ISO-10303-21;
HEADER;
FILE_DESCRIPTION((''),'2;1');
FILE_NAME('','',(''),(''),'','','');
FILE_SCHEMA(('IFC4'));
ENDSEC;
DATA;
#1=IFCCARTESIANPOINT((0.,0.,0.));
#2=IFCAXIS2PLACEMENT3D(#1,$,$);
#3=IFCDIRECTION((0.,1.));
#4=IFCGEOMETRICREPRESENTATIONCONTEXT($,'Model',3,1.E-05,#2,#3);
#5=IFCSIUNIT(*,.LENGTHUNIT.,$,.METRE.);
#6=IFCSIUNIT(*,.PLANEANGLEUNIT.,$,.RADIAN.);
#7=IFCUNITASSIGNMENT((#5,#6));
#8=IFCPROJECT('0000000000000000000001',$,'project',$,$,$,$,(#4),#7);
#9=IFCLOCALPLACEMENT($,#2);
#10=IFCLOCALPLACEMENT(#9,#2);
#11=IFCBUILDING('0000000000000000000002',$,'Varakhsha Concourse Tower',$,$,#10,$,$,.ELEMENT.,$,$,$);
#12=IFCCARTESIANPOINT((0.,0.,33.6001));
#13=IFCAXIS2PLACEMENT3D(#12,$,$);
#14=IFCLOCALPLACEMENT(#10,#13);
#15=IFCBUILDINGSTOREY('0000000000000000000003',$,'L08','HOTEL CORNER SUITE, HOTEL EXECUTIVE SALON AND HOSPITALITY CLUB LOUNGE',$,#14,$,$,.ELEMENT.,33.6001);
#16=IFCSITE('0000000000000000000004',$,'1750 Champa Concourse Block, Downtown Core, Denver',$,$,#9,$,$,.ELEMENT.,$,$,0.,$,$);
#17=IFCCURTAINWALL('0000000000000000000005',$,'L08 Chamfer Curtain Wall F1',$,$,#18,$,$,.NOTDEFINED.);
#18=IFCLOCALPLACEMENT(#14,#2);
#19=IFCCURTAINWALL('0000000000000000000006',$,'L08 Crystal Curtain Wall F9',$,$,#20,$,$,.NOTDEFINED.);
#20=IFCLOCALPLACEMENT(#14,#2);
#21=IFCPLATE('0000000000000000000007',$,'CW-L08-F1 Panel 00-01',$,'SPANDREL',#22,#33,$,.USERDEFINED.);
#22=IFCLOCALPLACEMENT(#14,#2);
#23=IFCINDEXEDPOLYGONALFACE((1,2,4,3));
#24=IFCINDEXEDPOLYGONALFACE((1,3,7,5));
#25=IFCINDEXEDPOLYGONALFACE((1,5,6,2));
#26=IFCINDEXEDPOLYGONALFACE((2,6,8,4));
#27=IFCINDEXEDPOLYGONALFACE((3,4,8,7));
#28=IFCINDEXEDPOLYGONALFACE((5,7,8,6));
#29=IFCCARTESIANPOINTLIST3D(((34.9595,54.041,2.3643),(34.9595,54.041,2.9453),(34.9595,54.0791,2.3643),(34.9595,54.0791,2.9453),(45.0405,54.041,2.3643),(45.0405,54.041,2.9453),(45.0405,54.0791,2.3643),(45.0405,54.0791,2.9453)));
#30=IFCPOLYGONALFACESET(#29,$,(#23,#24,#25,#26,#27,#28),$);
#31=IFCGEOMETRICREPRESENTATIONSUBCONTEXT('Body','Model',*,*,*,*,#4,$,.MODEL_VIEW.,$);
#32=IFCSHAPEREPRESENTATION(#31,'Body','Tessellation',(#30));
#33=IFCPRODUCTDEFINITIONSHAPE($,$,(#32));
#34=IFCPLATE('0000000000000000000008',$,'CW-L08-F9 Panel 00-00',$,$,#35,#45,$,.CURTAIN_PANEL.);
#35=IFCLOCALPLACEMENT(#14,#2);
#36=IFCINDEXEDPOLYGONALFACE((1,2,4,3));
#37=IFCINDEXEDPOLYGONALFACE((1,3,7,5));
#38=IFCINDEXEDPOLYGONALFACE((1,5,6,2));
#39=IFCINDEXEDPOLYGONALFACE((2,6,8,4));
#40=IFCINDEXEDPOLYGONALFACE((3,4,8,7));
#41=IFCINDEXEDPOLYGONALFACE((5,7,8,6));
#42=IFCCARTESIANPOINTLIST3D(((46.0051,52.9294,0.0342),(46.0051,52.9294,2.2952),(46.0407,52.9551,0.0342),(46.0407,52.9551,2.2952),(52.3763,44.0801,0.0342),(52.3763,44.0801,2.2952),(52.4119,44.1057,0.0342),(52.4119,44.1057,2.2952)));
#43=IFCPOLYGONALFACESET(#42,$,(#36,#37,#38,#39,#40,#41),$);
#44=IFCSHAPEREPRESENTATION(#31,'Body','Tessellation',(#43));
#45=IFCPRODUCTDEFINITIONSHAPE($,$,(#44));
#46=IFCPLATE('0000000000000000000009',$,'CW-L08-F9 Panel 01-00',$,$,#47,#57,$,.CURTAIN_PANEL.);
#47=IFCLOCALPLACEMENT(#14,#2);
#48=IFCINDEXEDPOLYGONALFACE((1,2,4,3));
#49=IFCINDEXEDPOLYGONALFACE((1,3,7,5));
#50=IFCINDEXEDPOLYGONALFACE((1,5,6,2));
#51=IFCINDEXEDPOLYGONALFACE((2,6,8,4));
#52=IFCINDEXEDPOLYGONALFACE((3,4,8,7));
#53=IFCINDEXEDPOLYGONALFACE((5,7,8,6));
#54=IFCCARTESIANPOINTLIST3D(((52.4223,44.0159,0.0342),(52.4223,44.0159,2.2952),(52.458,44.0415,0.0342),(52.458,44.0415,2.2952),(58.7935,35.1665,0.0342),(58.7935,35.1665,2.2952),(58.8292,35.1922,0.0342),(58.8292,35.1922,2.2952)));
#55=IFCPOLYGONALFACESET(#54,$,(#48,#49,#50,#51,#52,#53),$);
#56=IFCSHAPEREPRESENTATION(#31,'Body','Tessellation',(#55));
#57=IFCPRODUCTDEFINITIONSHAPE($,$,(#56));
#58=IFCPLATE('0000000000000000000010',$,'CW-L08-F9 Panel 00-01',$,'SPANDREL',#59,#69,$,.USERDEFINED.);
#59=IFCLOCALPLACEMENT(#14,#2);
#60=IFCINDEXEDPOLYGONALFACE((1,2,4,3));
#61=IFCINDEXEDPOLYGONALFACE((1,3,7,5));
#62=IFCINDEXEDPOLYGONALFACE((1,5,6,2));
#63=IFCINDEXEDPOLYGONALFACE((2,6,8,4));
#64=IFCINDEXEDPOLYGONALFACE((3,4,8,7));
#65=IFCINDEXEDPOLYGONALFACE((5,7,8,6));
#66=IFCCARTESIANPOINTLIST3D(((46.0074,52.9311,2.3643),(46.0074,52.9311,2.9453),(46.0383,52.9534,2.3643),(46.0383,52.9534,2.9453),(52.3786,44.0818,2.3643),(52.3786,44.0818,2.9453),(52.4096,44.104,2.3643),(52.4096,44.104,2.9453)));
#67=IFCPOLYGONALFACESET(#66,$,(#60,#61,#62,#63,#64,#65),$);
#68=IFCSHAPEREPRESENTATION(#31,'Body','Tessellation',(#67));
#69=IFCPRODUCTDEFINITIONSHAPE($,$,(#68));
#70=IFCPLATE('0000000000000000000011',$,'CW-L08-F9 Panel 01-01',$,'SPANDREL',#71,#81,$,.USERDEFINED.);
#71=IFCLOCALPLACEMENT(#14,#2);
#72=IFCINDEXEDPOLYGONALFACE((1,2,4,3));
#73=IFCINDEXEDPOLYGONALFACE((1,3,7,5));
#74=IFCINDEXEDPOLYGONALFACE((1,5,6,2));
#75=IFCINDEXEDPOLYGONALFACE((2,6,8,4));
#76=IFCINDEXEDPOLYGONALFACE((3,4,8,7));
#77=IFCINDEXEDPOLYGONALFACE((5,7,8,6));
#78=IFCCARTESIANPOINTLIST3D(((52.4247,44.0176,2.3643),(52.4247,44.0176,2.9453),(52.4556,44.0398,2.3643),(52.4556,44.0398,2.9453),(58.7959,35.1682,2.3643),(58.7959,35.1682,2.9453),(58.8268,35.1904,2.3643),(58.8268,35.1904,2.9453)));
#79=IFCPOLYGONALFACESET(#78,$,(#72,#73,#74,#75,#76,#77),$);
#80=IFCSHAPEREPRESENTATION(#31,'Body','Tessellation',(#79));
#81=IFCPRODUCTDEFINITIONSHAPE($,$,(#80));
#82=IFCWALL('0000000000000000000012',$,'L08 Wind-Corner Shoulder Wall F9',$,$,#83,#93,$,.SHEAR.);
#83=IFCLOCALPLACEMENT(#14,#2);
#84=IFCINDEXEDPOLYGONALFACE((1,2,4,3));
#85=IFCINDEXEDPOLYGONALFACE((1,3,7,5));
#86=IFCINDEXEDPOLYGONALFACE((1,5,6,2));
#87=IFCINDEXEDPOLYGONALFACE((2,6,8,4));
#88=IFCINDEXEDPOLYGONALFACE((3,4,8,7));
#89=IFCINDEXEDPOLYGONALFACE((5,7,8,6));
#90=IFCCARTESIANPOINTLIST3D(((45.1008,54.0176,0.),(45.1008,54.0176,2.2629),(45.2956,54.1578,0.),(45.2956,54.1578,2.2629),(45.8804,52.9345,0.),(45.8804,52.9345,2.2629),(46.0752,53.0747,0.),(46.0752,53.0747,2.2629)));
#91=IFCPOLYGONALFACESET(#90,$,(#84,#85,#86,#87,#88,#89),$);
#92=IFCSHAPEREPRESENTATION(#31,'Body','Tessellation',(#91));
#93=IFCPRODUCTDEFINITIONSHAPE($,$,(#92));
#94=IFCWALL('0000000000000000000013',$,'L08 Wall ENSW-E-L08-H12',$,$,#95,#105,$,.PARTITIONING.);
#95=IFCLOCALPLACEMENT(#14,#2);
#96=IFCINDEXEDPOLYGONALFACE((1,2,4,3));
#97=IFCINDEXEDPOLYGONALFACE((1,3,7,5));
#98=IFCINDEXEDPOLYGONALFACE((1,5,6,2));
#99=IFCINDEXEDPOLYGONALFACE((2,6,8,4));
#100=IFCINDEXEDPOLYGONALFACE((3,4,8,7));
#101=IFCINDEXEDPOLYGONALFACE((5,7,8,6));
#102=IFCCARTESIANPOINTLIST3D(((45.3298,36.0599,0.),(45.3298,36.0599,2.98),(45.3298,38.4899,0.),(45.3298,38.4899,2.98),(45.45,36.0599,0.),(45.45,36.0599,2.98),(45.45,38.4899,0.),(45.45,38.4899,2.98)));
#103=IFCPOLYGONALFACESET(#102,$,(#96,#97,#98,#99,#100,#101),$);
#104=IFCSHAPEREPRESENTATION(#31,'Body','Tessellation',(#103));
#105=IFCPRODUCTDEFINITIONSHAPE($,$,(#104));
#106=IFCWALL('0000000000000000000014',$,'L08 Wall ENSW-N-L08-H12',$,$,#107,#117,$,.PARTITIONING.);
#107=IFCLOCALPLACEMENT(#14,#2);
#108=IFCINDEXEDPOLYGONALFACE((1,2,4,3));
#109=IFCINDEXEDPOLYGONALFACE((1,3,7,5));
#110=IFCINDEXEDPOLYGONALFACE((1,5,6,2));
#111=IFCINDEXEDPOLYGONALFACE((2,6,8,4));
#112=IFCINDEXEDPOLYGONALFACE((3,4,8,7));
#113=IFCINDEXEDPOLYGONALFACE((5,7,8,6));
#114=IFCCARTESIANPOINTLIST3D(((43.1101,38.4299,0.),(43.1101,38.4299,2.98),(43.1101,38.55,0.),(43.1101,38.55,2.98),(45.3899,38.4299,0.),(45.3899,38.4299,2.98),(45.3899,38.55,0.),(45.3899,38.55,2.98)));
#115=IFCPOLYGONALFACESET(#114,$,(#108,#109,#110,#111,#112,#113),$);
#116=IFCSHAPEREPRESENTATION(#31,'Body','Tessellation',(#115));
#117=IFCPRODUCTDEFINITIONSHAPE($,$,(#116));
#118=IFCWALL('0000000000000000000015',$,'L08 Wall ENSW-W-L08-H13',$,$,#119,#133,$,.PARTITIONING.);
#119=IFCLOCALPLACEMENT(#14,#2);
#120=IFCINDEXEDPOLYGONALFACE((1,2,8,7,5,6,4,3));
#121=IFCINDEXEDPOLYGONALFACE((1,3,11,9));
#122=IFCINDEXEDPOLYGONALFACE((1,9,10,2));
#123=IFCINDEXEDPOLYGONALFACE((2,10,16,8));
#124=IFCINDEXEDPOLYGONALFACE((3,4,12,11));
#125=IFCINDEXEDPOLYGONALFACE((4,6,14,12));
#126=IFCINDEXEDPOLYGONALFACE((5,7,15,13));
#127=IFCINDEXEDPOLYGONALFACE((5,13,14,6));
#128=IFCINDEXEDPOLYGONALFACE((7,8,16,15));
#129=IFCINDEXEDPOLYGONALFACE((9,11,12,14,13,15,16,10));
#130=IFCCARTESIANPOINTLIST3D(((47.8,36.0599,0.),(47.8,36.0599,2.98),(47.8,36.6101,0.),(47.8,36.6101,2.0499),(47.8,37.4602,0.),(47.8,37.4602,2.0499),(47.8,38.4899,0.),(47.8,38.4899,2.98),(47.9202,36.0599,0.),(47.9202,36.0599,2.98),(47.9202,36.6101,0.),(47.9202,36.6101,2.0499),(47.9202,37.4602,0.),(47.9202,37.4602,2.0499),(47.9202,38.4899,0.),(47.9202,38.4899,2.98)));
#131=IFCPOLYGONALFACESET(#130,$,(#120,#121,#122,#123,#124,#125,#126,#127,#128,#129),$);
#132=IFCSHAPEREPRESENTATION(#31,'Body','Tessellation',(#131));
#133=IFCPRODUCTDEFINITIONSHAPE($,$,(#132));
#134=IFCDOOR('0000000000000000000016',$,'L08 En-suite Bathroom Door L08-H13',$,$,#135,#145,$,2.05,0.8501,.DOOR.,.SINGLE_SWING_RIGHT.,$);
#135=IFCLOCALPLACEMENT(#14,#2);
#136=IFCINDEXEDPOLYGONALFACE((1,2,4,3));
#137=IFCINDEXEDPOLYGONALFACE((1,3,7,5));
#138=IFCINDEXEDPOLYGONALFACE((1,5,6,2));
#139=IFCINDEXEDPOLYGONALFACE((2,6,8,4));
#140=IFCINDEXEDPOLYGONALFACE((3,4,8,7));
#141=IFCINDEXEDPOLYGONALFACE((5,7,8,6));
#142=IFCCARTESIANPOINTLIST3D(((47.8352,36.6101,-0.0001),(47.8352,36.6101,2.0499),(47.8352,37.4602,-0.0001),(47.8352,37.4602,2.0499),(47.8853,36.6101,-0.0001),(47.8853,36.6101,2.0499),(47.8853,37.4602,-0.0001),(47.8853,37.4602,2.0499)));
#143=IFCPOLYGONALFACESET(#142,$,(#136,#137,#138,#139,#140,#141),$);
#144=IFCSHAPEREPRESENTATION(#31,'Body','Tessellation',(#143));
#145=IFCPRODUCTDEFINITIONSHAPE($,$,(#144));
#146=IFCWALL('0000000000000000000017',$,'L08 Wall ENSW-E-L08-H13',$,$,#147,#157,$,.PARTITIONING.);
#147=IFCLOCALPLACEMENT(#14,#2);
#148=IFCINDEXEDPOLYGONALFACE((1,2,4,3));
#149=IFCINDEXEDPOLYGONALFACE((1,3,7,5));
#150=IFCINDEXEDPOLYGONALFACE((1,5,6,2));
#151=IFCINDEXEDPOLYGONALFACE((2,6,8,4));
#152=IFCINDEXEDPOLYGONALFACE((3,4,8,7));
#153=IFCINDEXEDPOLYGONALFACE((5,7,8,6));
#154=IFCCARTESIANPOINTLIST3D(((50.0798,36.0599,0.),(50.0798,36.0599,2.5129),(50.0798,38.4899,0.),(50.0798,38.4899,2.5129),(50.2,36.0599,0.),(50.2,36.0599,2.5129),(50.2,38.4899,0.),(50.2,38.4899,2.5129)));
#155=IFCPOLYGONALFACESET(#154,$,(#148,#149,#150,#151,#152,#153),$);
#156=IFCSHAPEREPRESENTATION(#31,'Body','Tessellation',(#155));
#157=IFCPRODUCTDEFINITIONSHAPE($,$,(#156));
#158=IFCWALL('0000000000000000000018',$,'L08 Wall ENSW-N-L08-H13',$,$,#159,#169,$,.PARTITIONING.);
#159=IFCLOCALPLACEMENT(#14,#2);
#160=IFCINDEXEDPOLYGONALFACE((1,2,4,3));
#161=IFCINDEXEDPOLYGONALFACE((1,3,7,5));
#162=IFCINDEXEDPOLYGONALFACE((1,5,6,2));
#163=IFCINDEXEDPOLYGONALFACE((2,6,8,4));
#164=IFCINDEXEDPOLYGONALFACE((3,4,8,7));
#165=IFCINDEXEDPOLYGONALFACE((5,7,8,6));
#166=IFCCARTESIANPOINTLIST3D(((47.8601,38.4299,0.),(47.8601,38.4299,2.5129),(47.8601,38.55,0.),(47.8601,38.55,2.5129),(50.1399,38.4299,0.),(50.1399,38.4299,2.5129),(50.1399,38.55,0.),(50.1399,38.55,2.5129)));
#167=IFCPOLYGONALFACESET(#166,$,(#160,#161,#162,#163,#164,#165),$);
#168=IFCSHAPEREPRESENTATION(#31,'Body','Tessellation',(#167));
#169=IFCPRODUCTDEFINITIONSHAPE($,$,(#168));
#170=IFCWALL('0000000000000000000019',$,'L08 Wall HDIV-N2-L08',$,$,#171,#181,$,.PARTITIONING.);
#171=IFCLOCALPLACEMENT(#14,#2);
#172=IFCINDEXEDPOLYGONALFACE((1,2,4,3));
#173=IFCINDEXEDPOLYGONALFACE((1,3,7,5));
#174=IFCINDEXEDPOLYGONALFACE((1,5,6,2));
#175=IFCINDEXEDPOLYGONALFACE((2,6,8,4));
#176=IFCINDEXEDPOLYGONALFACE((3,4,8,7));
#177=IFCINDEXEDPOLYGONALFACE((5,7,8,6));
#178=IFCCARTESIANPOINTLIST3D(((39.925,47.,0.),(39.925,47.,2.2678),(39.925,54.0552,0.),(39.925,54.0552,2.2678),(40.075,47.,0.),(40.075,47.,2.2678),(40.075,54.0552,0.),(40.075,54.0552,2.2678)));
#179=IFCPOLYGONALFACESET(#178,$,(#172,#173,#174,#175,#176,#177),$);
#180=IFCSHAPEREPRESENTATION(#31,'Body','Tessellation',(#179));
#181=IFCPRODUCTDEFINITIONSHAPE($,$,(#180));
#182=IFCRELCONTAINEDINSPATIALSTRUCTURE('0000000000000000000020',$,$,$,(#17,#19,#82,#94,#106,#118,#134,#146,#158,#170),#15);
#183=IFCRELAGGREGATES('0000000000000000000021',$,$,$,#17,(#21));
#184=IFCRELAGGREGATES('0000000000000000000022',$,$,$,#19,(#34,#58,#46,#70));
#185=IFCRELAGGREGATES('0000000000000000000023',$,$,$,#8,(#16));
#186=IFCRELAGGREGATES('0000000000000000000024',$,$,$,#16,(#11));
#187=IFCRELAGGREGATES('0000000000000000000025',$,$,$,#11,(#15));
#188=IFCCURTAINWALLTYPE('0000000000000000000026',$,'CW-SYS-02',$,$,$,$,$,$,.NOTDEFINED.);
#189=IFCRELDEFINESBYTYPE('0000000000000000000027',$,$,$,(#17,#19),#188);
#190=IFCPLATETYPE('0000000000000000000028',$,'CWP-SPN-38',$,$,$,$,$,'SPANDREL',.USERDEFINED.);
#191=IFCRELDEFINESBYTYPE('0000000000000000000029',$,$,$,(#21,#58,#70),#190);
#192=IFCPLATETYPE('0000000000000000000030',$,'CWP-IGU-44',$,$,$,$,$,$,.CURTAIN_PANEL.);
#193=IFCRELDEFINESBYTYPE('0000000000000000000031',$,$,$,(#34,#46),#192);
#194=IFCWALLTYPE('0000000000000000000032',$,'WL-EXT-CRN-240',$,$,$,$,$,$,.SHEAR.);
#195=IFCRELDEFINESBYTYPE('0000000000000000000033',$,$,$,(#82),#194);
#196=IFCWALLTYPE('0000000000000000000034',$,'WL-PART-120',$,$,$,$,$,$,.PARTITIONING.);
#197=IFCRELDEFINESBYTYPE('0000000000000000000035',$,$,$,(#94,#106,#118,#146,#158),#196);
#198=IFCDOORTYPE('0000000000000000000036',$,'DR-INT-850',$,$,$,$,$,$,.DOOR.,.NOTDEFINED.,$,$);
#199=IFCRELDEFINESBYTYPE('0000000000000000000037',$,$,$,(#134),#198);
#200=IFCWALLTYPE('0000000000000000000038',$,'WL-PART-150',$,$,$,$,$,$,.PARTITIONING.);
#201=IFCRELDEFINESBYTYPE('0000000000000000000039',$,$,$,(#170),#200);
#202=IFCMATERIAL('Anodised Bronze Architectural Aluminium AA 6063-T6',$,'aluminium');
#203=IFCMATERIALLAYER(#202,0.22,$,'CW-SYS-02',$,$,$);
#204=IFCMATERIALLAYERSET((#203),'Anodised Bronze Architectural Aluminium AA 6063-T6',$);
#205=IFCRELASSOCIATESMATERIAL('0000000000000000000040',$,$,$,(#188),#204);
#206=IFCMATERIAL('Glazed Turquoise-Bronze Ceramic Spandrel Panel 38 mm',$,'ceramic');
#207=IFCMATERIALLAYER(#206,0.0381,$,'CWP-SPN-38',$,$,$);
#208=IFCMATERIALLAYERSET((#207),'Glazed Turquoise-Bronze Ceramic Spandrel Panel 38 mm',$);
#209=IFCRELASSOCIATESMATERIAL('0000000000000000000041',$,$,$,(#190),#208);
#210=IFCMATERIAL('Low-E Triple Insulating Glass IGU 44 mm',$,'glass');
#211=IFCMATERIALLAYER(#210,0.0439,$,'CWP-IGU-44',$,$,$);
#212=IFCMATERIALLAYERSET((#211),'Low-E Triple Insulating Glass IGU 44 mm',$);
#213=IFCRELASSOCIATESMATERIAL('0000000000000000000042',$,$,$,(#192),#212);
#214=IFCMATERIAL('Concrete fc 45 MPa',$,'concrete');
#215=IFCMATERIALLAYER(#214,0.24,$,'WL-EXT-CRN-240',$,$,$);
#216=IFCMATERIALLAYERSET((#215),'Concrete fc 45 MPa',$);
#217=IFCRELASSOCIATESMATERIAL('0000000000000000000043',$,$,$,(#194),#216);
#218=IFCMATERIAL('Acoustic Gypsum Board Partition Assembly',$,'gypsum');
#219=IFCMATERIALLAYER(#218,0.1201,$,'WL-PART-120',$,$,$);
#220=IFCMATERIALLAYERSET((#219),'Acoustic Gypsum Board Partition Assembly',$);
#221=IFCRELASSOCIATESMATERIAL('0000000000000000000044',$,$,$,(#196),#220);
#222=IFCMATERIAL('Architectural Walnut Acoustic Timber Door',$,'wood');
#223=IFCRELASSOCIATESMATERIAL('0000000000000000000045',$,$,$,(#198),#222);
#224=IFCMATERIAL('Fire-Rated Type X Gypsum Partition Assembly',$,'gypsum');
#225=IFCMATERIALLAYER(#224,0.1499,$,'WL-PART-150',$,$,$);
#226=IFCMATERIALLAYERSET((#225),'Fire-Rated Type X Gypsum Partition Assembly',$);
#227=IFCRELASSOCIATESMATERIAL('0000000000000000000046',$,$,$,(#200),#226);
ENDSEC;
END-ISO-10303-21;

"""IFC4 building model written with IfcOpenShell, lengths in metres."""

from ifc_helpers import new_model, si_unit, direction, frame, frame_2d, origin, origin_2d, place, context, subcontext, project, spatial, rectangle, extrude, source, transform, mapped, material, layer, layer_set, type_object, type_shapes, element, fill, aggregate, save


model = new_model("IFC4")

# Units and contexts
model_context = context("Model", 3, precision=1e-05, world=origin(), true_north=direction((0.0, 1.0)))
body_context = subcontext(model_context, "Body", "Model", "MODEL_VIEW")
ifc_project = project(units=[si_unit("LENGTHUNIT", "METRE"), si_unit("PLANEANGLEUNIT", "RADIAN")], contexts=[model_context])

# Site, building, storey
site_placement = place(None, origin())
site = spatial("IfcSite", under=ifc_project, at=site_placement, Name="1750 Champa Concourse Block, Downtown Core, Denver", CompositionType="ELEMENT", RefElevation=0.0)
building_placement = place(site_placement, origin())
building = spatial("IfcBuilding", under=site, at=building_placement, Name="Varakhsha Concourse Tower", CompositionType="ELEMENT")
storey_placement = place(building_placement, frame((0.0, 0.0, 33.6001)))
storey = spatial("IfcBuildingStorey", under=building, at=storey_placement, Name="L08", Description="HOTEL CORNER SUITE, HOTEL EXECUTIVE SALON AND HOSPITALITY CLUB LOUNGE", CompositionType="ELEMENT", Elevation=33.6001)

# Curtain wall
ifc_material_1 = material(Name="Anodised Bronze Architectural Aluminium AA 6063-T6", Category="aluminium")
ifc_layer_1 = layer(ifc_material_1, 0.22, Name="CW-SYS-02")
ifc_layer_set_1 = layer_set([ifc_layer_1], Name="Anodised Bronze Architectural Aluminium AA 6063-T6")
curtain_wall_type = type_object("IfcCurtainWallType", Name="CW-SYS-02", PredefinedType="NOTDEFINED", material=ifc_layer_set_1)
curtain_wall_1_placement = place(storey_placement, origin())
curtain_wall_1 = element("IfcCurtainWall", 1, at=curtain_wall_1_placement, inside=storey, type_object=curtain_wall_type, Name="L08 Chamfer Curtain Wall F1", PredefinedType="NOTDEFINED")

# Curtain wall
curtain_wall_2_placement = place(storey_placement, origin())
curtain_wall_2 = element("IfcCurtainWall", 2, at=curtain_wall_2_placement, inside=storey, type_object=curtain_wall_type, Name="L08 Crystal Curtain Wall F9", PredefinedType="NOTDEFINED")

# Plates
ifc_material_2 = material(Name="Glazed Turquoise-Bronze Ceramic Spandrel Panel 38 mm", Category="ceramic")
ifc_layer_2 = layer(ifc_material_2, 0.0381, Name="CWP-SPN-38")
ifc_layer_set_2 = layer_set([ifc_layer_2], Name="Glazed Turquoise-Bronze Ceramic Spandrel Panel 38 mm")
plate_type_1 = type_object("IfcPlateType", Name="CWP-SPN-38", ElementType="SPANDREL", PredefinedType="USERDEFINED", material=ifc_layer_set_2)
shared_shape_1 = source(origin(), body_context, "Body", "SweptSolid", [
    extrude(rectangle(XDim=10.0811, YDim=0.0381, at=origin_2d()), origin(), (0.0, 0.0, 1.0), 0.5811),
])
plate_1_placement = place(storey_placement, frame((40.0, 54.0601, 2.3643), z_axis=(0.0, 0.0, 1.0), x_axis=(1.0, 0.0, 0.0)))
plate_1 = element("IfcPlate", 3, at=plate_1_placement, type_object=plate_type_1, Name="CW-L08-F1 Panel 00-01", ObjectType="SPANDREL", PredefinedType="USERDEFINED", context=body_context, shape_type="MappedRepresentation", body=[
    mapped(shared_shape_1, transform((0.0, 0.0, 0.0), scale=1.0)),
])
aggregate(curtain_wall_1, [plate_1])
ifc_material_3 = material(Name="Low-E Triple Insulating Glass IGU 44 mm", Category="glass")
ifc_layer_3 = layer(ifc_material_3, 0.0439, Name="CWP-IGU-44")
ifc_layer_set_3 = layer_set([ifc_layer_3], Name="Low-E Triple Insulating Glass IGU 44 mm")
plate_type_2 = type_object("IfcPlateType", Name="CWP-IGU-44", PredefinedType="CURTAIN_PANEL", material=ifc_layer_set_3)
shared_shape_2 = source(origin(), body_context, "Body", "SweptSolid", [
    extrude(rectangle(XDim=10.9043, YDim=0.0439, at=origin_2d()), origin(), (0.0, 0.0, 1.0), 2.261),
])
type_shapes(plate_type_2, [shared_shape_2])
plate_2_placement = place(storey_placement, frame((49.2085, 48.5176, 0.0342), z_axis=(0.0, 0.0, 1.0), x_axis=(0.584284, -0.81155, 0.0)))
plate_2 = element("IfcPlate", 4, at=plate_2_placement, type_object=plate_type_2, Name="CW-L08-F9 Panel 00-00", PredefinedType="CURTAIN_PANEL", context=body_context, shape_type="MappedRepresentation", body=[
    mapped(shared_shape_2, transform((0.0, 0.0, 0.0), scale=1.0)),
])
plate_3_placement = place(storey_placement, frame((55.6257, 39.604, 0.0342), z_axis=(0.0, 0.0, 1.0), x_axis=(0.584284, -0.81155, 0.0)))
plate_3 = element("IfcPlate", 5, at=plate_3_placement, type_object=plate_type_2, Name="CW-L08-F9 Panel 01-00", PredefinedType="CURTAIN_PANEL", context=body_context, shape_type="MappedRepresentation", body=[
    mapped(shared_shape_2, transform((0.0, 0.0, 0.0), scale=1.0)),
])
shared_shape_3 = source(origin(), body_context, "Body", "SweptSolid", [
    extrude(rectangle(XDim=10.9043, YDim=0.0381, at=origin_2d()), origin(), (0.0, 0.0, 1.0), 0.5811),
])
type_shapes(plate_type_1, [shared_shape_1, shared_shape_3])
plate_4_placement = place(storey_placement, frame((49.2085, 48.5176, 2.3643), z_axis=(0.0, 0.0, 1.0), x_axis=(0.584284, -0.81155, 0.0)))
plate_4 = element("IfcPlate", 6, at=plate_4_placement, type_object=plate_type_1, Name="CW-L08-F9 Panel 00-01", ObjectType="SPANDREL", PredefinedType="USERDEFINED", context=body_context, shape_type="MappedRepresentation", body=[
    mapped(shared_shape_3, transform((0.0, 0.0, 0.0), scale=1.0)),
])
plate_5_placement = place(storey_placement, frame((55.6257, 39.604, 2.3643), z_axis=(0.0, 0.0, 1.0), x_axis=(0.584284, -0.81155, 0.0)))
plate_5 = element("IfcPlate", 7, at=plate_5_placement, type_object=plate_type_1, Name="CW-L08-F9 Panel 01-01", ObjectType="SPANDREL", PredefinedType="USERDEFINED", context=body_context, shape_type="MappedRepresentation", body=[
    mapped(shared_shape_3, transform((0.0, 0.0, 0.0), scale=1.0)),
])
aggregate(curtain_wall_2, [plate_2, plate_4, plate_3, plate_5])

# Walls
ifc_material_4 = material(Name="Concrete fc 45 MPa", Category="concrete")
ifc_layer_4 = layer(ifc_material_4, 0.24, Name="WL-EXT-CRN-240")
ifc_layer_set_4 = layer_set([ifc_layer_4], Name="Concrete fc 45 MPa")
wall_type_1 = type_object("IfcWallType", Name="WL-EXT-CRN-240", PredefinedType="SHEAR", material=ifc_layer_set_4)
wall_1_placement = place(storey_placement, frame((45.9778, 53.0046, 0.0), z_axis=(0.0, 0.0, 1.0), x_axis=(-0.584194, 0.811614, 0.0)))
element("IfcWall", 8, at=wall_1_placement, inside=storey, type_object=wall_type_1, Name="L08 Wind-Corner Shoulder Wall F9", PredefinedType="SHEAR", context=body_context, shape_type="SweptSolid", body=[
    extrude(rectangle(XDim=1.3345, YDim=0.24, at=frame_2d((0.6672, 0.0))), origin(), (0.0, 0.0, 1.0), 2.2629),
])
ifc_material_5 = material(Name="Acoustic Gypsum Board Partition Assembly", Category="gypsum")
ifc_layer_5 = layer(ifc_material_5, 0.1201, Name="WL-PART-120")
ifc_layer_set_5 = layer_set([ifc_layer_5], Name="Acoustic Gypsum Board Partition Assembly")
wall_type_2 = type_object("IfcWallType", Name="WL-PART-120", PredefinedType="PARTITIONING", material=ifc_layer_set_5)
wall_2_placement = place(storey_placement, frame((45.3899, 36.0601, 0.0), z_axis=(0.0, 0.0, 1.0), x_axis=(0.0, 1.0, 0.0)))
element("IfcWall", 9, at=wall_2_placement, inside=storey, type_object=wall_type_2, Name="L08 Wall ENSW-E-L08-H12", PredefinedType="PARTITIONING", context=body_context, shape_type="SweptSolid", body=[
    extrude(rectangle(XDim=2.4299, YDim=0.1201, at=frame_2d((1.2148, 0.0))), origin(), (0.0, 0.0, 1.0), 2.98),
])
wall_3_placement = place(storey_placement, frame((43.1101, 38.49, 0.0), z_axis=(0.0, 0.0, 1.0), x_axis=(1.0, 0.0, 0.0)))
element("IfcWall", 10, at=wall_3_placement, inside=storey, type_object=wall_type_2, Name="L08 Wall ENSW-N-L08-H12", PredefinedType="PARTITIONING", context=body_context, shape_type="SweptSolid", body=[
    extrude(rectangle(XDim=2.2798, YDim=0.1201, at=frame_2d((1.1399, 0.0))), origin(), (0.0, 0.0, 1.0), 2.98),
])

# Wall, opening, door
wall_4_placement = place(storey_placement, frame((47.8601, 36.0601, 0.0), z_axis=(0.0, 0.0, 1.0), x_axis=(0.0, 1.0, 0.0)))
wall_4 = element("IfcWall", 11, at=wall_4_placement, inside=storey, type_object=wall_type_2, Name="L08 Wall ENSW-W-L08-H13", PredefinedType="PARTITIONING", context=body_context, shape_type="SweptSolid", body=[
    extrude(rectangle(XDim=2.4299, YDim=0.1201, at=frame_2d((1.2148, 0.0))), origin(), (0.0, 0.0, 1.0), 2.98),
])
opening_placement = place(wall_4_placement, frame((0.55, 0.0, 0.0)))
opening = element("IfcOpeningElement", 12, at=opening_placement, cuts=wall_4, PredefinedType="OPENING", context=body_context, shape_type="SweptSolid", body=[
    extrude(rectangle(XDim=0.8501, YDim=2.05, at=frame_2d((0.425, 1.0249))), frame((0.0, 0.0701, 0.0), z_axis=(0.0, -1.0, 0.0), x_axis=(1.0, 0.0, 0.0)), (0.0, 0.0, 1.0), 0.1401),
])
ifc_material_6 = material(Name="Architectural Walnut Acoustic Timber Door", Category="wood")
door_type = type_object("IfcDoorType", Name="DR-INT-850", OperationType="NOTDEFINED", PredefinedType="DOOR", material=ifc_material_6)
door_placement = place(opening_placement, origin())
door = element("IfcDoor", 13, at=door_placement, inside=storey, type_object=door_type, Name="L08 En-suite Bathroom Door L08-H13", OperationType="SINGLE_SWING_RIGHT", OverallHeight=2.05, OverallWidth=0.8501, PredefinedType="DOOR", context=body_context, shape_type="SweptSolid", body=[
    extrude(rectangle(XDim=0.8501, YDim=2.05, at=frame_2d((0.425, 1.0249))), frame((0.0, 0.0249, 0.0), z_axis=(0.0, -1.0, 0.0), x_axis=(1.0, 0.0, 0.0)), (0.0, 0.0, 1.0), 0.05),
])
fill(opening, door)

# Walls
wall_5_placement = place(storey_placement, frame((50.1399, 36.0601, 0.0), z_axis=(0.0, 0.0, 1.0), x_axis=(0.0, 1.0, 0.0)))
element("IfcWall", 14, at=wall_5_placement, inside=storey, type_object=wall_type_2, Name="L08 Wall ENSW-E-L08-H13", PredefinedType="PARTITIONING", context=body_context, shape_type="SweptSolid", body=[
    extrude(rectangle(XDim=2.4299, YDim=0.1201, at=frame_2d((1.2148, 0.0))), origin(), (0.0, 0.0, 1.0), 2.5129),
])
wall_6_placement = place(storey_placement, frame((47.8601, 38.49, 0.0), z_axis=(0.0, 0.0, 1.0), x_axis=(1.0, 0.0, 0.0)))
element("IfcWall", 15, at=wall_6_placement, inside=storey, type_object=wall_type_2, Name="L08 Wall ENSW-N-L08-H13", PredefinedType="PARTITIONING", context=body_context, shape_type="SweptSolid", body=[
    extrude(rectangle(XDim=2.2798, YDim=0.1201, at=frame_2d((1.1399, 0.0))), origin(), (0.0, 0.0, 1.0), 2.5129),
])
ifc_material_7 = material(Name="Fire-Rated Type X Gypsum Partition Assembly", Category="gypsum")
ifc_layer_6 = layer(ifc_material_7, 0.1499, Name="WL-PART-150")
ifc_layer_set_6 = layer_set([ifc_layer_6], Name="Fire-Rated Type X Gypsum Partition Assembly")
wall_type_3 = type_object("IfcWallType", Name="WL-PART-150", PredefinedType="PARTITIONING", material=ifc_layer_set_6)
wall_7_placement = place(storey_placement, frame((40.0, 47.0, 0.0), z_axis=(0.0, 0.0, 1.0), x_axis=(0.0, 1.0, 0.0)))
element("IfcWall", 16, at=wall_7_placement, inside=storey, type_object=wall_type_3, Name="L08 Wall HDIV-N2-L08", PredefinedType="PARTITIONING", context=body_context, shape_type="SweptSolid", body=[
    extrude(rectangle(XDim=7.0552, YDim=0.1499, at=frame_2d((3.5276, 0.0))), origin(), (0.0, 0.0, 1.0), 2.2678),
])

save(model, "model.ifc")
